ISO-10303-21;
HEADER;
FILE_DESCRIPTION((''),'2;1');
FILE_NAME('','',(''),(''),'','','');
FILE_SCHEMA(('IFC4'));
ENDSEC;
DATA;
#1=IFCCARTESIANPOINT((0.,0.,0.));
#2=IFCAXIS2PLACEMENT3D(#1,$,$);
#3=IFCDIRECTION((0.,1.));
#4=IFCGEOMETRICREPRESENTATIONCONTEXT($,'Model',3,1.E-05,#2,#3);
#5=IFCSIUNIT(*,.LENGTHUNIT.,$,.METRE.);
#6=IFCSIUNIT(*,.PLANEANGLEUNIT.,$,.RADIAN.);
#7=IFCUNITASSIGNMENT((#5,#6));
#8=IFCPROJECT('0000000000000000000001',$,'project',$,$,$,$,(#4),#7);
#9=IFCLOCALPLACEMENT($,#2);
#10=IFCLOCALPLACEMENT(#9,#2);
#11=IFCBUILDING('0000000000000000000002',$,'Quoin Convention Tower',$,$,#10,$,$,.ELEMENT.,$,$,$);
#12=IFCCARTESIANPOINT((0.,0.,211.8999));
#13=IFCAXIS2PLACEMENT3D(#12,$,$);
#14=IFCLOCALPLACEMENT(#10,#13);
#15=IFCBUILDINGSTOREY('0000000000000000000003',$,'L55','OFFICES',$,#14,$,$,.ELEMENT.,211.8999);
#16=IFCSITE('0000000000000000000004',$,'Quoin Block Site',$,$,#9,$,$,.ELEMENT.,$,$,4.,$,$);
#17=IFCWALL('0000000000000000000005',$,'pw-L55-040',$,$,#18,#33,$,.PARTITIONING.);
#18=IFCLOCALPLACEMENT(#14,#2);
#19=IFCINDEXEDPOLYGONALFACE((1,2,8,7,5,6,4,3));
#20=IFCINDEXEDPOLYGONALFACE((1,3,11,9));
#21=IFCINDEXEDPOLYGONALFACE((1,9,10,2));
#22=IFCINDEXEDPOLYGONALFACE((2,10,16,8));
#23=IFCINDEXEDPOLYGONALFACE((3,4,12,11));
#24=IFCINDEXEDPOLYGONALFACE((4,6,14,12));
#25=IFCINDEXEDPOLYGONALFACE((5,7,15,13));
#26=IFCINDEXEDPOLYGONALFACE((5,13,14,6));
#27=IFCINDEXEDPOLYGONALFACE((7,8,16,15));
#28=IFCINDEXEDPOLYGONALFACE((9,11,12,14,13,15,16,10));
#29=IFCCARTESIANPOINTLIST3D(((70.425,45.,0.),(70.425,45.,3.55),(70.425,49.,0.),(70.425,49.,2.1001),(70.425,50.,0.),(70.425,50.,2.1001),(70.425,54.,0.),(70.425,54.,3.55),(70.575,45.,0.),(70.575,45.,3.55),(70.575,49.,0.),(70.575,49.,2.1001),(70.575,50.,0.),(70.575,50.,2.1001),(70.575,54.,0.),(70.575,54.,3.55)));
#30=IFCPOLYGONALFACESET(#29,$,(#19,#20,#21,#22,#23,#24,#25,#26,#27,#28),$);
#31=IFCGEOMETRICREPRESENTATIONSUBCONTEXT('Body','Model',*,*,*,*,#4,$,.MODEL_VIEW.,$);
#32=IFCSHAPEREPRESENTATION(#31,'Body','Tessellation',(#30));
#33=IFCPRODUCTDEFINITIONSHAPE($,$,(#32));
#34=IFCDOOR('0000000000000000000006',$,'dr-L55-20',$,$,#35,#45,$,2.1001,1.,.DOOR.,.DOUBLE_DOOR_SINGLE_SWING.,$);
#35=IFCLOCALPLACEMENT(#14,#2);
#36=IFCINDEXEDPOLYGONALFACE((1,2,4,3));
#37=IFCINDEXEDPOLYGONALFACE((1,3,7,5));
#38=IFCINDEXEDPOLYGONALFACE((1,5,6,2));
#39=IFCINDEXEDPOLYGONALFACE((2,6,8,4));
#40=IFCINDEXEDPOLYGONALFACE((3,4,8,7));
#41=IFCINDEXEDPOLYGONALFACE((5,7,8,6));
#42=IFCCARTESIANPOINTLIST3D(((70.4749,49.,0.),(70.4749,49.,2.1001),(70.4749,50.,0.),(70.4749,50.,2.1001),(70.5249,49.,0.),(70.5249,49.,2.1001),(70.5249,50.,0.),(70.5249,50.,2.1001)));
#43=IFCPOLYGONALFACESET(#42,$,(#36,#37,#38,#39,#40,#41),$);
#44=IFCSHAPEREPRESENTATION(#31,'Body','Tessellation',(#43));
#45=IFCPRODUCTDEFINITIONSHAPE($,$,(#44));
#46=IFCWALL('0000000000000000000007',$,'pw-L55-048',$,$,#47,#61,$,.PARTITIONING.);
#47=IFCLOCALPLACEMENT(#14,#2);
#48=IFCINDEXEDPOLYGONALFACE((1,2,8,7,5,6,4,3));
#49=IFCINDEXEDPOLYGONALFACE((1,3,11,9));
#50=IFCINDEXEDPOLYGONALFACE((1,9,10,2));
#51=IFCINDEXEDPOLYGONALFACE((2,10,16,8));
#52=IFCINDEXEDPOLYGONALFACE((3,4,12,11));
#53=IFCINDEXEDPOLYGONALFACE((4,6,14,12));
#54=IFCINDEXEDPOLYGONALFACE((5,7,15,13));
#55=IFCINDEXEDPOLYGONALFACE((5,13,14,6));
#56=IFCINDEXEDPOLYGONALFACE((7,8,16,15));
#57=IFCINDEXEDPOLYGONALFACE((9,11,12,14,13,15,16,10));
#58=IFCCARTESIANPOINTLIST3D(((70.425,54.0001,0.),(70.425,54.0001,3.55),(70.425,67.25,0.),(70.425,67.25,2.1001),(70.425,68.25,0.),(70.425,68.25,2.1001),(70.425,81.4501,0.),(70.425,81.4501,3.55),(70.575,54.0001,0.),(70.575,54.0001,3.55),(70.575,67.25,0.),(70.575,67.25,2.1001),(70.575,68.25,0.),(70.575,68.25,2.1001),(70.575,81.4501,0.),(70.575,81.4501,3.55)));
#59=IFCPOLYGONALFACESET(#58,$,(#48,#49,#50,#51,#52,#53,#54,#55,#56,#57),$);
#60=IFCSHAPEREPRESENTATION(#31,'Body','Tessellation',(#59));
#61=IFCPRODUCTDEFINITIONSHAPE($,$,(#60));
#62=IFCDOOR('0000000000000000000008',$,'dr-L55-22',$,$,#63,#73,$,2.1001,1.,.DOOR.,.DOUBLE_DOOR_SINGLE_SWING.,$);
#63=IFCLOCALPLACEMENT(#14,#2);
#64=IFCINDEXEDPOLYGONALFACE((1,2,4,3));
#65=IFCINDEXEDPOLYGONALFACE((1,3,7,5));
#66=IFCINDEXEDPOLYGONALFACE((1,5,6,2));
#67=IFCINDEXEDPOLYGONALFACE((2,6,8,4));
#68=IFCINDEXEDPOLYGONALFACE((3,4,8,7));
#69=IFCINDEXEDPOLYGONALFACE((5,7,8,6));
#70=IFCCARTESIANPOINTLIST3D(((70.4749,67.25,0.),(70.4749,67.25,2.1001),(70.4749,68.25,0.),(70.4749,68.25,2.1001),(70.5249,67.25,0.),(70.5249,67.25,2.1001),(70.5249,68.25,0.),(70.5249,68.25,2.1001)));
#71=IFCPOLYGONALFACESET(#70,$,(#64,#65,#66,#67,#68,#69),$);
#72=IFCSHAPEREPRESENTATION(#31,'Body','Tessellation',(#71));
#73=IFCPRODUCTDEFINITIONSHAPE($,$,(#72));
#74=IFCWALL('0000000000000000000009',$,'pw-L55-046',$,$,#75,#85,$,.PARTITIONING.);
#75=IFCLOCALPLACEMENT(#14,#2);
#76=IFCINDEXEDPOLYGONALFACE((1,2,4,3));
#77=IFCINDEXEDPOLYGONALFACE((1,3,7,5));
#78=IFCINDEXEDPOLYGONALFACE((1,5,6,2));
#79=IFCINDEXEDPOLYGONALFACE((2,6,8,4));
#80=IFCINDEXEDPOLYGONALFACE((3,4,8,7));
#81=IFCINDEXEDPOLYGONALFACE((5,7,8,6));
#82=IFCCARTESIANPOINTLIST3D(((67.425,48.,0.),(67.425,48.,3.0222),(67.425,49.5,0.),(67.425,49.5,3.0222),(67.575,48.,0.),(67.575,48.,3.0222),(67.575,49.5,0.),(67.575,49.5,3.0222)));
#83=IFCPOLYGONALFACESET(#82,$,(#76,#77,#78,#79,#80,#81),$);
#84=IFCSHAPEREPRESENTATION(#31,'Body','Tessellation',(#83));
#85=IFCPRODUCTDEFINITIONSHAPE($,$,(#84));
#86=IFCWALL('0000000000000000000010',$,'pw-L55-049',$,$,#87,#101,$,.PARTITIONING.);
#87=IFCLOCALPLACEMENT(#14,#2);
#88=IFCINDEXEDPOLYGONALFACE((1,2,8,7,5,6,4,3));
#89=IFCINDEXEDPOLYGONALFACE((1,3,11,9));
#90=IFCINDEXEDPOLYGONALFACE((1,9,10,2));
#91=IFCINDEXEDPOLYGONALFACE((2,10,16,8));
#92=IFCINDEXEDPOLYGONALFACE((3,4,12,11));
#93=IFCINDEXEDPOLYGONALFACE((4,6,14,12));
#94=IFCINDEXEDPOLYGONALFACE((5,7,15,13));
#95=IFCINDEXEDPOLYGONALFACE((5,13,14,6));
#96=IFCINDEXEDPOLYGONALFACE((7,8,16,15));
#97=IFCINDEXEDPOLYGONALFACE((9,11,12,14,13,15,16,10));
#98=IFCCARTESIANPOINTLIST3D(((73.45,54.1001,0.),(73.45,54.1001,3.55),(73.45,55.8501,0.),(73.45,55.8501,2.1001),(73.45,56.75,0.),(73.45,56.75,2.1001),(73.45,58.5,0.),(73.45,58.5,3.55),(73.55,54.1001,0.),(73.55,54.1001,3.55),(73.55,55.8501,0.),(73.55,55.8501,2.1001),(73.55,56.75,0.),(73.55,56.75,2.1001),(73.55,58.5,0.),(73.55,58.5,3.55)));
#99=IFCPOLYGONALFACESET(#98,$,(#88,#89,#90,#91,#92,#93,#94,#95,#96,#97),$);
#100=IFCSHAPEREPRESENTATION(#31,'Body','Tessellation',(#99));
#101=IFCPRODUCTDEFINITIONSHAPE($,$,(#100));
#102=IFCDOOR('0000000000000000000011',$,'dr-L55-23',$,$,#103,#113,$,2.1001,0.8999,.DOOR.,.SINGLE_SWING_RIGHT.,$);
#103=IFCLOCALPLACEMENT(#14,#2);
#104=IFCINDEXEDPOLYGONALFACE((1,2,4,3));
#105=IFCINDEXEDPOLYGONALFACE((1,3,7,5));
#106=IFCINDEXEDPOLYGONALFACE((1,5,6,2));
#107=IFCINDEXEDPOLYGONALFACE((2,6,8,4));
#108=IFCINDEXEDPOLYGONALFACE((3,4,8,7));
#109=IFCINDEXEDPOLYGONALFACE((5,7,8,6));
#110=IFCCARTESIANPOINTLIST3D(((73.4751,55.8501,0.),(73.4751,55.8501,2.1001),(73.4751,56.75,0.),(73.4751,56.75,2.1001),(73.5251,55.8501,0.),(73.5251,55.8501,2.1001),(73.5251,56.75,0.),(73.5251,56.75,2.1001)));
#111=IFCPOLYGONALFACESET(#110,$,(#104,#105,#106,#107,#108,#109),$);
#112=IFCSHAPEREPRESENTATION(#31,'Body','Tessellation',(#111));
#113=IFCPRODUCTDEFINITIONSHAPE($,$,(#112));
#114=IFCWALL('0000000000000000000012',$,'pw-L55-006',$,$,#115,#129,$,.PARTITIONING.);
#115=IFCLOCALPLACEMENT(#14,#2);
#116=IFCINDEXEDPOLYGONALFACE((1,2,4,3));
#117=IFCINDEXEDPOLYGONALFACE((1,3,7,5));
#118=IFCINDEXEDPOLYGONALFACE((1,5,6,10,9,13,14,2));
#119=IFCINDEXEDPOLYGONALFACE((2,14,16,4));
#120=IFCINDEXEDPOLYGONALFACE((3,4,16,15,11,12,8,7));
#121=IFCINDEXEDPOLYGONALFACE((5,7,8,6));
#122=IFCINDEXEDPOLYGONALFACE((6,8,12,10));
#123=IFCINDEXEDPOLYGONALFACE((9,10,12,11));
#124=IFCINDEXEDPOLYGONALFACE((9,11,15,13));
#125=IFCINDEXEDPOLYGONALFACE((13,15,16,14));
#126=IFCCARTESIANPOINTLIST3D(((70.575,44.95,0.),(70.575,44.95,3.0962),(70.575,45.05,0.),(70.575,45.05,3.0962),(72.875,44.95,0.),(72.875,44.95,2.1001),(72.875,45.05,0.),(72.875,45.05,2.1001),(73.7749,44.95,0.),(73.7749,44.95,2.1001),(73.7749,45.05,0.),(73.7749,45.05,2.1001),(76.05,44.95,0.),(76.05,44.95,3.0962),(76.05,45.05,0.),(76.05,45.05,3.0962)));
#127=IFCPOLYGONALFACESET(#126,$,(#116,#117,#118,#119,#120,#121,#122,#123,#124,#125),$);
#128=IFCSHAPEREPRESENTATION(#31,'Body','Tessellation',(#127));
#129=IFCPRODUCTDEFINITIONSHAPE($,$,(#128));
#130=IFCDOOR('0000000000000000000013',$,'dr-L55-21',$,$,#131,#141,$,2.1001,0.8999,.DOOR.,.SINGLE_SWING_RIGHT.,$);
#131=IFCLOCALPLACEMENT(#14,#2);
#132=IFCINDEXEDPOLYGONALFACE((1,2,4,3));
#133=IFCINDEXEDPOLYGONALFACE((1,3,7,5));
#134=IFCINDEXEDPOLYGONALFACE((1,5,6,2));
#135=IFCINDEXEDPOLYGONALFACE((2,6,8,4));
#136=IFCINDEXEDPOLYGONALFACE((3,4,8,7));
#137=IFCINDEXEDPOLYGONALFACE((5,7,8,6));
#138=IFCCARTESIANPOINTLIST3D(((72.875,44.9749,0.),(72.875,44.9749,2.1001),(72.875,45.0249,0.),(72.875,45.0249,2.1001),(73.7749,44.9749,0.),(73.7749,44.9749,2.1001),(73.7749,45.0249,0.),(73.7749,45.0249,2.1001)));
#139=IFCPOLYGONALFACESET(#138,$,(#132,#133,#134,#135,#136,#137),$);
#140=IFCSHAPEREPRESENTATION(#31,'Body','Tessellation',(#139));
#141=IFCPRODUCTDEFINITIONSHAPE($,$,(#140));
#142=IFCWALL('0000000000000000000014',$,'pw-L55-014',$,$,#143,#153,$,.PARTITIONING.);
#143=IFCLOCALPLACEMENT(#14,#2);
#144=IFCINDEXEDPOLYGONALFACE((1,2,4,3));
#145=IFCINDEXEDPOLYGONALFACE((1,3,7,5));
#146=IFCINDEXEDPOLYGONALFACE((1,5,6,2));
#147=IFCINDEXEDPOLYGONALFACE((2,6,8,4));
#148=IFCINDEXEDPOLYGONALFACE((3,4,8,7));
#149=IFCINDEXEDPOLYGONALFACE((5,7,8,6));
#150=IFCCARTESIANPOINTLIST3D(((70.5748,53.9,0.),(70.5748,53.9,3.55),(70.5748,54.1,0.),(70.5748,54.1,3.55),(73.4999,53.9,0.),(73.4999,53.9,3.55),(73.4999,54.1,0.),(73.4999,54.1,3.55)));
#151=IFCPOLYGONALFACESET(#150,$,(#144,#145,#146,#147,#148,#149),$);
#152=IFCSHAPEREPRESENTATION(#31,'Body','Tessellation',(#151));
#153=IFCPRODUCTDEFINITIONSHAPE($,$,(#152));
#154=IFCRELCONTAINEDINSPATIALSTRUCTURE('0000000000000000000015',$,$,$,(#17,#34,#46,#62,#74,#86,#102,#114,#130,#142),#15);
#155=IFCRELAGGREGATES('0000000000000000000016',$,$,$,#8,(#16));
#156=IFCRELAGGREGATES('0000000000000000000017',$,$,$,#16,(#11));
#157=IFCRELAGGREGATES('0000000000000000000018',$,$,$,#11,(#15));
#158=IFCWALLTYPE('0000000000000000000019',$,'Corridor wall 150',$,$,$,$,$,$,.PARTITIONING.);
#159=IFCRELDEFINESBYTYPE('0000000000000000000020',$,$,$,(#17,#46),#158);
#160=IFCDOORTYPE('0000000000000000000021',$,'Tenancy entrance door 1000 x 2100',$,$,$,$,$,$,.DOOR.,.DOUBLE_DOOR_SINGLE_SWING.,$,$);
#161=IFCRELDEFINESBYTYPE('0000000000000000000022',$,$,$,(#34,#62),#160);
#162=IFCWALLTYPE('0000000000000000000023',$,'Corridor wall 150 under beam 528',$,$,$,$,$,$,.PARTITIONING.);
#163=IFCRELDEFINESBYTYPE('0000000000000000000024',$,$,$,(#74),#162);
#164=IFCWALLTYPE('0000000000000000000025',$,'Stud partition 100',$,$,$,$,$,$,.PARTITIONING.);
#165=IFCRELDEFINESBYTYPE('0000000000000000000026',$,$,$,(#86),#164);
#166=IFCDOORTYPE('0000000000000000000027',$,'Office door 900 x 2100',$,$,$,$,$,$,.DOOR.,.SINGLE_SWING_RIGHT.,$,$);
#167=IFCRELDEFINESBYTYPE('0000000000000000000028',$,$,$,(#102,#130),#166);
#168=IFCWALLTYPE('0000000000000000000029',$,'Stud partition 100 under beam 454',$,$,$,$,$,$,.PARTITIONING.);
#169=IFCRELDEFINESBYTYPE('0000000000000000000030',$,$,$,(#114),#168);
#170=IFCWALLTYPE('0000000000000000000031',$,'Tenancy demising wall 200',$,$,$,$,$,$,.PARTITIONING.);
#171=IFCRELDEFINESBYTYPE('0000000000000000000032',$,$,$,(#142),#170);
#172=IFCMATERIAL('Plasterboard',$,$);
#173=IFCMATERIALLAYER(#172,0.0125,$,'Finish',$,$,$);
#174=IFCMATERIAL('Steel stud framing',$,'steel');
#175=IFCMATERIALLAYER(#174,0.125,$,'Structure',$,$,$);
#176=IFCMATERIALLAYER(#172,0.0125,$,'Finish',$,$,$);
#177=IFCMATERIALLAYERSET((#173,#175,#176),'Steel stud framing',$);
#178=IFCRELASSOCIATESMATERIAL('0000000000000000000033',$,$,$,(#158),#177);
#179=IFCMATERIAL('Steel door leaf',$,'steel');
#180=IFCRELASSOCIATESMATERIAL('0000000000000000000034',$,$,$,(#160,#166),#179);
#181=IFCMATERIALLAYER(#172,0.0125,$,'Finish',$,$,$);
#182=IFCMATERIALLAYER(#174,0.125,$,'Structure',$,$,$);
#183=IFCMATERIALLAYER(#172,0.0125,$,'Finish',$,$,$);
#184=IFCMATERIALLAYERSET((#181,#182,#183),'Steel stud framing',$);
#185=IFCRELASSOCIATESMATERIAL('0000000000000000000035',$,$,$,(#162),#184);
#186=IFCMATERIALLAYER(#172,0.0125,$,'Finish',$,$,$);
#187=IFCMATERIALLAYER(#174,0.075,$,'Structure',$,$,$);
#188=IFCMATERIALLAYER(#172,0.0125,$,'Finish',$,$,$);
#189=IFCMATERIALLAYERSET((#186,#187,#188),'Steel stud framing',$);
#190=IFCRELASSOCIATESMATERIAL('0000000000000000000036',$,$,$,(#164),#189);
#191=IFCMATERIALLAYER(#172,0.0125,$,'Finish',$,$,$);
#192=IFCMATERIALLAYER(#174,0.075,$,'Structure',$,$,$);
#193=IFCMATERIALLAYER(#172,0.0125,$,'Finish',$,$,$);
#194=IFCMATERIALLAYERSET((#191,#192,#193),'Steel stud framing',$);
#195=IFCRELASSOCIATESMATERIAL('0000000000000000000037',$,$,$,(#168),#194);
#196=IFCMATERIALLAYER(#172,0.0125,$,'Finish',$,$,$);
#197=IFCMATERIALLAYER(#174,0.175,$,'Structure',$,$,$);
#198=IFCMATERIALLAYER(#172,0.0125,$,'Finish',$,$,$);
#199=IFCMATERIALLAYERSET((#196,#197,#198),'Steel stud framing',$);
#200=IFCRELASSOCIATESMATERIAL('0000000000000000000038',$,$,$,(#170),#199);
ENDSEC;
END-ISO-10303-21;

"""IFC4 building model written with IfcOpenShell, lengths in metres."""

from ifc_helpers import new_model, si_unit, direction, frame, frame_2d, origin, place, context, subcontext, project, spatial, rectangle, extrude, material, layer, layer_set, type_object, element, fill, save


model = new_model("IFC4")

# Units and contexts
model_context = context("Model", 3, precision=1e-05, world=origin(), true_north=direction((0.0, 1.0)))
body_context = subcontext(model_context, "Body", "Model", "MODEL_VIEW")
ifc_project = project(units=[si_unit("LENGTHUNIT", "METRE"), si_unit("PLANEANGLEUNIT", "RADIAN")], contexts=[model_context])

# Site, building, storey
site_placement = place(None, origin())
site = spatial("IfcSite", under=ifc_project, at=site_placement, Name="Quoin Block Site", CompositionType="ELEMENT", RefElevation=4.0)
building_placement = place(site_placement, origin())
building = spatial("IfcBuilding", under=site, at=building_placement, Name="Quoin Convention Tower", CompositionType="ELEMENT")
storey_placement = place(building_placement, frame((0.0, 0.0, 211.8999)))
storey = spatial("IfcBuildingStorey", under=building, at=storey_placement, Name="L55", Description="OFFICES", CompositionType="ELEMENT", Elevation=211.8999)

# Shared definitions
ifc_material_1 = material(Name="Plasterboard")
ifc_layer_1 = layer(ifc_material_1, 0.0125, Name="Finish")
ifc_material_2 = material(Name="Steel stud framing", Category="steel")
ifc_layer_2 = layer(ifc_material_2, 0.125, Name="Structure")
ifc_layer_3 = layer(ifc_material_1, 0.0125, Name="Finish")
ifc_layer_set_1 = layer_set([ifc_layer_1, ifc_layer_2, ifc_layer_3], Name="Steel stud framing")
wall_type_1 = type_object("IfcWallType", Name="Corridor wall 150", PredefinedType="PARTITIONING", material=ifc_layer_set_1)

# Walls, openings, doors
wall_1_placement = place(storey_placement, frame((70.5, 45.0, 0.0), z_axis=(0.0, 0.0, 1.0), x_axis=(0.0, 1.0, 0.0)))
wall_1 = element("IfcWall", 1, at=wall_1_placement, inside=storey, type_object=wall_type_1, Name="pw-L55-040", PredefinedType="PARTITIONING", context=body_context, shape_type="SweptSolid", body=[
    extrude(rectangle(XDim=9.0, YDim=0.1499, at=frame_2d((4.5, 0.0))), origin(), (0.0, 0.0, 1.0), 3.55),
])
opening_1_placement = place(wall_1_placement, frame((4.0, 0.0, 0.0)))
opening_1 = element("IfcOpeningElement", 2, at=opening_1_placement, cuts=wall_1, PredefinedType="OPENING", context=body_context, shape_type="SweptSolid", body=[
    extrude(rectangle(XDim=1.0, YDim=2.1001, at=frame_2d((0.5, 1.05))), frame((0.0, 0.085, 0.0), z_axis=(0.0, -1.0, 0.0), x_axis=(1.0, 0.0, 0.0)), (0.0, 0.0, 1.0), 0.1699),
])
ifc_material_3 = material(Name="Steel door leaf", Category="steel")
door_type_1 = type_object("IfcDoorType", Name="Tenancy entrance door 1000 x 2100", OperationType="DOUBLE_DOOR_SINGLE_SWING", PredefinedType="DOOR", material=ifc_material_3)
door_1_placement = place(opening_1_placement, frame((1.0, 0.0, 0.0), z_axis=(0.0, 0.0, 1.0), x_axis=(-1.0, 0.0, 0.0)))
door_1 = element("IfcDoor", 3, at=door_1_placement, inside=storey, type_object=door_type_1, Name="dr-L55-20", OperationType="DOUBLE_DOOR_SINGLE_SWING", OverallHeight=2.1001, OverallWidth=1.0, PredefinedType="DOOR", context=body_context, shape_type="SweptSolid", body=[
    extrude(rectangle(XDim=1.0, YDim=2.1001, at=frame_2d((0.5, 1.05))), frame((0.0, 0.0249, 0.0), z_axis=(0.0, -1.0, 0.0), x_axis=(1.0, 0.0, 0.0)), (0.0, 0.0, 1.0), 0.05),
])
fill(opening_1, door_1)
wall_2_placement = place(storey_placement, frame((70.5, 54.0, 0.0), z_axis=(0.0, 0.0, 1.0), x_axis=(0.0, 1.0, 0.0)))
wall_2 = element("IfcWall", 4, at=wall_2_placement, inside=storey, type_object=wall_type_1, Name="pw-L55-048", PredefinedType="PARTITIONING", context=body_context, shape_type="SweptSolid", body=[
    extrude(rectangle(XDim=27.45, YDim=0.1499, at=frame_2d((13.7251, 0.0))), origin(), (0.0, 0.0, 1.0), 3.55),
])
opening_2_placement = place(wall_2_placement, frame((13.25, 0.0, 0.0)))
opening_2 = element("IfcOpeningElement", 5, at=opening_2_placement, cuts=wall_2, PredefinedType="OPENING", context=body_context, shape_type="SweptSolid", body=[
    extrude(rectangle(XDim=1.0, YDim=2.1001, at=frame_2d((0.5, 1.05))), frame((0.0, 0.085, 0.0), z_axis=(0.0, -1.0, 0.0), x_axis=(1.0, 0.0, 0.0)), (0.0, 0.0, 1.0), 0.1699),
])
door_2_placement = place(opening_2_placement, frame((1.0, 0.0, 0.0), z_axis=(0.0, 0.0, 1.0), x_axis=(-1.0, 0.0, 0.0)))
door_2 = element("IfcDoor", 6, at=door_2_placement, inside=storey, type_object=door_type_1, Name="dr-L55-22", OperationType="DOUBLE_DOOR_SINGLE_SWING", OverallHeight=2.1001, OverallWidth=1.0, PredefinedType="DOOR", context=body_context, shape_type="SweptSolid", body=[
    extrude(rectangle(XDim=1.0, YDim=2.1001, at=frame_2d((0.5, 1.05))), frame((0.0, 0.0249, 0.0), z_axis=(0.0, -1.0, 0.0), x_axis=(1.0, 0.0, 0.0)), (0.0, 0.0, 1.0), 0.05),
])
fill(opening_2, door_2)

# Wall
ifc_layer_4 = layer(ifc_material_1, 0.0125, Name="Finish")
ifc_layer_5 = layer(ifc_material_2, 0.125, Name="Structure")
ifc_layer_6 = layer(ifc_material_1, 0.0125, Name="Finish")
ifc_layer_set_2 = layer_set([ifc_layer_4, ifc_layer_5, ifc_layer_6], Name="Steel stud framing")
wall_type_2 = type_object("IfcWallType", Name="Corridor wall 150 under beam 528", PredefinedType="PARTITIONING", material=ifc_layer_set_2)
wall_3_placement = place(storey_placement, frame((67.5, 48.0, 0.0), z_axis=(0.0, 0.0, 1.0), x_axis=(0.0, 1.0, 0.0)))
element("IfcWall", 7, at=wall_3_placement, inside=storey, type_object=wall_type_2, Name="pw-L55-046", PredefinedType="PARTITIONING", context=body_context, shape_type="SweptSolid", body=[
    extrude(rectangle(XDim=1.5, YDim=0.1499, at=frame_2d((0.75, 0.0))), origin(), (0.0, 0.0, 1.0), 3.0222),
])

# Walls, openings, doors
ifc_layer_7 = layer(ifc_material_1, 0.0125, Name="Finish")
ifc_layer_8 = layer(ifc_material_2, 0.075, Name="Structure")
ifc_layer_9 = layer(ifc_material_1, 0.0125, Name="Finish")
ifc_layer_set_3 = layer_set([ifc_layer_7, ifc_layer_8, ifc_layer_9], Name="Steel stud framing")
wall_type_3 = type_object("IfcWallType", Name="Stud partition 100", PredefinedType="PARTITIONING", material=ifc_layer_set_3)
wall_4_placement = place(storey_placement, frame((73.5, 54.1001, 0.0), z_axis=(0.0, 0.0, 1.0), x_axis=(0.0, 1.0, 0.0)))
wall_4 = element("IfcWall", 8, at=wall_4_placement, inside=storey, type_object=wall_type_3, Name="pw-L55-049", PredefinedType="PARTITIONING", context=body_context, shape_type="SweptSolid", body=[
    extrude(rectangle(XDim=4.3999, YDim=0.1001, at=frame_2d((2.2, 0.0))), origin(), (0.0, 0.0, 1.0), 3.55),
])
opening_3_placement = place(wall_4_placement, frame((1.75, 0.0, 0.0)))
opening_3 = element("IfcOpeningElement", 9, at=opening_3_placement, cuts=wall_4, PredefinedType="OPENING", context=body_context, shape_type="SweptSolid", body=[
    extrude(rectangle(XDim=0.8999, YDim=2.1001, at=frame_2d((0.45, 1.05))), frame((0.0, 0.0601, 0.0), z_axis=(0.0, -1.0, 0.0), x_axis=(1.0, 0.0, 0.0)), (0.0, 0.0, 1.0), 0.1201),
])
door_type_2 = type_object("IfcDoorType", Name="Office door 900 x 2100", OperationType="SINGLE_SWING_RIGHT", PredefinedType="DOOR", material=ifc_material_3)
door_3_placement = place(opening_3_placement, origin())
door_3 = element("IfcDoor", 10, at=door_3_placement, inside=storey, type_object=door_type_2, Name="dr-L55-23", OperationType="SINGLE_SWING_RIGHT", OverallHeight=2.1001, OverallWidth=0.8999, PredefinedType="DOOR", context=body_context, shape_type="SweptSolid", body=[
    extrude(rectangle(XDim=0.8999, YDim=2.1001, at=frame_2d((0.45, 1.05))), frame((0.0, 0.0249, 0.0), z_axis=(0.0, -1.0, 0.0), x_axis=(1.0, 0.0, 0.0)), (0.0, 0.0, 1.0), 0.05),
])
fill(opening_3, door_3)
ifc_layer_10 = layer(ifc_material_1, 0.0125, Name="Finish")
ifc_layer_11 = layer(ifc_material_2, 0.075, Name="Structure")
ifc_layer_12 = layer(ifc_material_1, 0.0125, Name="Finish")
ifc_layer_set_4 = layer_set([ifc_layer_10, ifc_layer_11, ifc_layer_12], Name="Steel stud framing")
wall_type_4 = type_object("IfcWallType", Name="Stud partition 100 under beam 454", PredefinedType="PARTITIONING", material=ifc_layer_set_4)
wall_5_placement = place(storey_placement, frame((70.575, 45.0, 0.0), z_axis=(0.0, 0.0, 1.0), x_axis=(1.0, 0.0, 0.0)))
wall_5 = element("IfcWall", 11, at=wall_5_placement, inside=storey, type_object=wall_type_4, Name="pw-L55-006", PredefinedType="PARTITIONING", context=body_context, shape_type="SweptSolid", body=[
    extrude(rectangle(XDim=5.4751, YDim=0.1001, at=frame_2d((2.7375, 0.0))), origin(), (0.0, 0.0, 1.0), 3.0962),
])
opening_4_placement = place(wall_5_placement, frame((2.3, 0.0, 0.0)))
opening_4 = element("IfcOpeningElement", 12, at=opening_4_placement, cuts=wall_5, PredefinedType="OPENING", context=body_context, shape_type="SweptSolid", body=[
    extrude(rectangle(XDim=0.8999, YDim=2.1001, at=frame_2d((0.45, 1.05))), frame((0.0, 0.0601, 0.0), z_axis=(0.0, -1.0, 0.0), x_axis=(1.0, 0.0, 0.0)), (0.0, 0.0, 1.0), 0.1201),
])
door_4_placement = place(opening_4_placement, origin())
door_4 = element("IfcDoor", 13, at=door_4_placement, inside=storey, type_object=door_type_2, Name="dr-L55-21", OperationType="SINGLE_SWING_RIGHT", OverallHeight=2.1001, OverallWidth=0.8999, PredefinedType="DOOR", context=body_context, shape_type="SweptSolid", body=[
    extrude(rectangle(XDim=0.8999, YDim=2.1001, at=frame_2d((0.45, 1.05))), frame((0.0, 0.0249, 0.0), z_axis=(0.0, -1.0, 0.0), x_axis=(1.0, 0.0, 0.0)), (0.0, 0.0, 1.0), 0.05),
])
fill(opening_4, door_4)

# Wall
ifc_layer_13 = layer(ifc_material_1, 0.0125, Name="Finish")
ifc_layer_14 = layer(ifc_material_2, 0.175, Name="Structure")
ifc_layer_15 = layer(ifc_material_1, 0.0125, Name="Finish")
ifc_layer_set_5 = layer_set([ifc_layer_13, ifc_layer_14, ifc_layer_15], Name="Steel stud framing")
wall_type_5 = type_object("IfcWallType", Name="Tenancy demising wall 200", PredefinedType="PARTITIONING", material=ifc_layer_set_5)
wall_6_placement = place(storey_placement, frame((70.575, 54.0, 0.0), z_axis=(0.0, 0.0, 1.0), x_axis=(1.0, 0.0, 0.0)))
element("IfcWall", 14, at=wall_6_placement, inside=storey, type_object=wall_type_5, Name="pw-L55-014", PredefinedType="PARTITIONING", context=body_context, shape_type="SweptSolid", body=[
    extrude(rectangle(XDim=2.925, YDim=0.2, at=frame_2d((1.4624, 0.0))), origin(), (0.0, 0.0, 1.0), 3.55),
])

save(model, "model.ifc")
